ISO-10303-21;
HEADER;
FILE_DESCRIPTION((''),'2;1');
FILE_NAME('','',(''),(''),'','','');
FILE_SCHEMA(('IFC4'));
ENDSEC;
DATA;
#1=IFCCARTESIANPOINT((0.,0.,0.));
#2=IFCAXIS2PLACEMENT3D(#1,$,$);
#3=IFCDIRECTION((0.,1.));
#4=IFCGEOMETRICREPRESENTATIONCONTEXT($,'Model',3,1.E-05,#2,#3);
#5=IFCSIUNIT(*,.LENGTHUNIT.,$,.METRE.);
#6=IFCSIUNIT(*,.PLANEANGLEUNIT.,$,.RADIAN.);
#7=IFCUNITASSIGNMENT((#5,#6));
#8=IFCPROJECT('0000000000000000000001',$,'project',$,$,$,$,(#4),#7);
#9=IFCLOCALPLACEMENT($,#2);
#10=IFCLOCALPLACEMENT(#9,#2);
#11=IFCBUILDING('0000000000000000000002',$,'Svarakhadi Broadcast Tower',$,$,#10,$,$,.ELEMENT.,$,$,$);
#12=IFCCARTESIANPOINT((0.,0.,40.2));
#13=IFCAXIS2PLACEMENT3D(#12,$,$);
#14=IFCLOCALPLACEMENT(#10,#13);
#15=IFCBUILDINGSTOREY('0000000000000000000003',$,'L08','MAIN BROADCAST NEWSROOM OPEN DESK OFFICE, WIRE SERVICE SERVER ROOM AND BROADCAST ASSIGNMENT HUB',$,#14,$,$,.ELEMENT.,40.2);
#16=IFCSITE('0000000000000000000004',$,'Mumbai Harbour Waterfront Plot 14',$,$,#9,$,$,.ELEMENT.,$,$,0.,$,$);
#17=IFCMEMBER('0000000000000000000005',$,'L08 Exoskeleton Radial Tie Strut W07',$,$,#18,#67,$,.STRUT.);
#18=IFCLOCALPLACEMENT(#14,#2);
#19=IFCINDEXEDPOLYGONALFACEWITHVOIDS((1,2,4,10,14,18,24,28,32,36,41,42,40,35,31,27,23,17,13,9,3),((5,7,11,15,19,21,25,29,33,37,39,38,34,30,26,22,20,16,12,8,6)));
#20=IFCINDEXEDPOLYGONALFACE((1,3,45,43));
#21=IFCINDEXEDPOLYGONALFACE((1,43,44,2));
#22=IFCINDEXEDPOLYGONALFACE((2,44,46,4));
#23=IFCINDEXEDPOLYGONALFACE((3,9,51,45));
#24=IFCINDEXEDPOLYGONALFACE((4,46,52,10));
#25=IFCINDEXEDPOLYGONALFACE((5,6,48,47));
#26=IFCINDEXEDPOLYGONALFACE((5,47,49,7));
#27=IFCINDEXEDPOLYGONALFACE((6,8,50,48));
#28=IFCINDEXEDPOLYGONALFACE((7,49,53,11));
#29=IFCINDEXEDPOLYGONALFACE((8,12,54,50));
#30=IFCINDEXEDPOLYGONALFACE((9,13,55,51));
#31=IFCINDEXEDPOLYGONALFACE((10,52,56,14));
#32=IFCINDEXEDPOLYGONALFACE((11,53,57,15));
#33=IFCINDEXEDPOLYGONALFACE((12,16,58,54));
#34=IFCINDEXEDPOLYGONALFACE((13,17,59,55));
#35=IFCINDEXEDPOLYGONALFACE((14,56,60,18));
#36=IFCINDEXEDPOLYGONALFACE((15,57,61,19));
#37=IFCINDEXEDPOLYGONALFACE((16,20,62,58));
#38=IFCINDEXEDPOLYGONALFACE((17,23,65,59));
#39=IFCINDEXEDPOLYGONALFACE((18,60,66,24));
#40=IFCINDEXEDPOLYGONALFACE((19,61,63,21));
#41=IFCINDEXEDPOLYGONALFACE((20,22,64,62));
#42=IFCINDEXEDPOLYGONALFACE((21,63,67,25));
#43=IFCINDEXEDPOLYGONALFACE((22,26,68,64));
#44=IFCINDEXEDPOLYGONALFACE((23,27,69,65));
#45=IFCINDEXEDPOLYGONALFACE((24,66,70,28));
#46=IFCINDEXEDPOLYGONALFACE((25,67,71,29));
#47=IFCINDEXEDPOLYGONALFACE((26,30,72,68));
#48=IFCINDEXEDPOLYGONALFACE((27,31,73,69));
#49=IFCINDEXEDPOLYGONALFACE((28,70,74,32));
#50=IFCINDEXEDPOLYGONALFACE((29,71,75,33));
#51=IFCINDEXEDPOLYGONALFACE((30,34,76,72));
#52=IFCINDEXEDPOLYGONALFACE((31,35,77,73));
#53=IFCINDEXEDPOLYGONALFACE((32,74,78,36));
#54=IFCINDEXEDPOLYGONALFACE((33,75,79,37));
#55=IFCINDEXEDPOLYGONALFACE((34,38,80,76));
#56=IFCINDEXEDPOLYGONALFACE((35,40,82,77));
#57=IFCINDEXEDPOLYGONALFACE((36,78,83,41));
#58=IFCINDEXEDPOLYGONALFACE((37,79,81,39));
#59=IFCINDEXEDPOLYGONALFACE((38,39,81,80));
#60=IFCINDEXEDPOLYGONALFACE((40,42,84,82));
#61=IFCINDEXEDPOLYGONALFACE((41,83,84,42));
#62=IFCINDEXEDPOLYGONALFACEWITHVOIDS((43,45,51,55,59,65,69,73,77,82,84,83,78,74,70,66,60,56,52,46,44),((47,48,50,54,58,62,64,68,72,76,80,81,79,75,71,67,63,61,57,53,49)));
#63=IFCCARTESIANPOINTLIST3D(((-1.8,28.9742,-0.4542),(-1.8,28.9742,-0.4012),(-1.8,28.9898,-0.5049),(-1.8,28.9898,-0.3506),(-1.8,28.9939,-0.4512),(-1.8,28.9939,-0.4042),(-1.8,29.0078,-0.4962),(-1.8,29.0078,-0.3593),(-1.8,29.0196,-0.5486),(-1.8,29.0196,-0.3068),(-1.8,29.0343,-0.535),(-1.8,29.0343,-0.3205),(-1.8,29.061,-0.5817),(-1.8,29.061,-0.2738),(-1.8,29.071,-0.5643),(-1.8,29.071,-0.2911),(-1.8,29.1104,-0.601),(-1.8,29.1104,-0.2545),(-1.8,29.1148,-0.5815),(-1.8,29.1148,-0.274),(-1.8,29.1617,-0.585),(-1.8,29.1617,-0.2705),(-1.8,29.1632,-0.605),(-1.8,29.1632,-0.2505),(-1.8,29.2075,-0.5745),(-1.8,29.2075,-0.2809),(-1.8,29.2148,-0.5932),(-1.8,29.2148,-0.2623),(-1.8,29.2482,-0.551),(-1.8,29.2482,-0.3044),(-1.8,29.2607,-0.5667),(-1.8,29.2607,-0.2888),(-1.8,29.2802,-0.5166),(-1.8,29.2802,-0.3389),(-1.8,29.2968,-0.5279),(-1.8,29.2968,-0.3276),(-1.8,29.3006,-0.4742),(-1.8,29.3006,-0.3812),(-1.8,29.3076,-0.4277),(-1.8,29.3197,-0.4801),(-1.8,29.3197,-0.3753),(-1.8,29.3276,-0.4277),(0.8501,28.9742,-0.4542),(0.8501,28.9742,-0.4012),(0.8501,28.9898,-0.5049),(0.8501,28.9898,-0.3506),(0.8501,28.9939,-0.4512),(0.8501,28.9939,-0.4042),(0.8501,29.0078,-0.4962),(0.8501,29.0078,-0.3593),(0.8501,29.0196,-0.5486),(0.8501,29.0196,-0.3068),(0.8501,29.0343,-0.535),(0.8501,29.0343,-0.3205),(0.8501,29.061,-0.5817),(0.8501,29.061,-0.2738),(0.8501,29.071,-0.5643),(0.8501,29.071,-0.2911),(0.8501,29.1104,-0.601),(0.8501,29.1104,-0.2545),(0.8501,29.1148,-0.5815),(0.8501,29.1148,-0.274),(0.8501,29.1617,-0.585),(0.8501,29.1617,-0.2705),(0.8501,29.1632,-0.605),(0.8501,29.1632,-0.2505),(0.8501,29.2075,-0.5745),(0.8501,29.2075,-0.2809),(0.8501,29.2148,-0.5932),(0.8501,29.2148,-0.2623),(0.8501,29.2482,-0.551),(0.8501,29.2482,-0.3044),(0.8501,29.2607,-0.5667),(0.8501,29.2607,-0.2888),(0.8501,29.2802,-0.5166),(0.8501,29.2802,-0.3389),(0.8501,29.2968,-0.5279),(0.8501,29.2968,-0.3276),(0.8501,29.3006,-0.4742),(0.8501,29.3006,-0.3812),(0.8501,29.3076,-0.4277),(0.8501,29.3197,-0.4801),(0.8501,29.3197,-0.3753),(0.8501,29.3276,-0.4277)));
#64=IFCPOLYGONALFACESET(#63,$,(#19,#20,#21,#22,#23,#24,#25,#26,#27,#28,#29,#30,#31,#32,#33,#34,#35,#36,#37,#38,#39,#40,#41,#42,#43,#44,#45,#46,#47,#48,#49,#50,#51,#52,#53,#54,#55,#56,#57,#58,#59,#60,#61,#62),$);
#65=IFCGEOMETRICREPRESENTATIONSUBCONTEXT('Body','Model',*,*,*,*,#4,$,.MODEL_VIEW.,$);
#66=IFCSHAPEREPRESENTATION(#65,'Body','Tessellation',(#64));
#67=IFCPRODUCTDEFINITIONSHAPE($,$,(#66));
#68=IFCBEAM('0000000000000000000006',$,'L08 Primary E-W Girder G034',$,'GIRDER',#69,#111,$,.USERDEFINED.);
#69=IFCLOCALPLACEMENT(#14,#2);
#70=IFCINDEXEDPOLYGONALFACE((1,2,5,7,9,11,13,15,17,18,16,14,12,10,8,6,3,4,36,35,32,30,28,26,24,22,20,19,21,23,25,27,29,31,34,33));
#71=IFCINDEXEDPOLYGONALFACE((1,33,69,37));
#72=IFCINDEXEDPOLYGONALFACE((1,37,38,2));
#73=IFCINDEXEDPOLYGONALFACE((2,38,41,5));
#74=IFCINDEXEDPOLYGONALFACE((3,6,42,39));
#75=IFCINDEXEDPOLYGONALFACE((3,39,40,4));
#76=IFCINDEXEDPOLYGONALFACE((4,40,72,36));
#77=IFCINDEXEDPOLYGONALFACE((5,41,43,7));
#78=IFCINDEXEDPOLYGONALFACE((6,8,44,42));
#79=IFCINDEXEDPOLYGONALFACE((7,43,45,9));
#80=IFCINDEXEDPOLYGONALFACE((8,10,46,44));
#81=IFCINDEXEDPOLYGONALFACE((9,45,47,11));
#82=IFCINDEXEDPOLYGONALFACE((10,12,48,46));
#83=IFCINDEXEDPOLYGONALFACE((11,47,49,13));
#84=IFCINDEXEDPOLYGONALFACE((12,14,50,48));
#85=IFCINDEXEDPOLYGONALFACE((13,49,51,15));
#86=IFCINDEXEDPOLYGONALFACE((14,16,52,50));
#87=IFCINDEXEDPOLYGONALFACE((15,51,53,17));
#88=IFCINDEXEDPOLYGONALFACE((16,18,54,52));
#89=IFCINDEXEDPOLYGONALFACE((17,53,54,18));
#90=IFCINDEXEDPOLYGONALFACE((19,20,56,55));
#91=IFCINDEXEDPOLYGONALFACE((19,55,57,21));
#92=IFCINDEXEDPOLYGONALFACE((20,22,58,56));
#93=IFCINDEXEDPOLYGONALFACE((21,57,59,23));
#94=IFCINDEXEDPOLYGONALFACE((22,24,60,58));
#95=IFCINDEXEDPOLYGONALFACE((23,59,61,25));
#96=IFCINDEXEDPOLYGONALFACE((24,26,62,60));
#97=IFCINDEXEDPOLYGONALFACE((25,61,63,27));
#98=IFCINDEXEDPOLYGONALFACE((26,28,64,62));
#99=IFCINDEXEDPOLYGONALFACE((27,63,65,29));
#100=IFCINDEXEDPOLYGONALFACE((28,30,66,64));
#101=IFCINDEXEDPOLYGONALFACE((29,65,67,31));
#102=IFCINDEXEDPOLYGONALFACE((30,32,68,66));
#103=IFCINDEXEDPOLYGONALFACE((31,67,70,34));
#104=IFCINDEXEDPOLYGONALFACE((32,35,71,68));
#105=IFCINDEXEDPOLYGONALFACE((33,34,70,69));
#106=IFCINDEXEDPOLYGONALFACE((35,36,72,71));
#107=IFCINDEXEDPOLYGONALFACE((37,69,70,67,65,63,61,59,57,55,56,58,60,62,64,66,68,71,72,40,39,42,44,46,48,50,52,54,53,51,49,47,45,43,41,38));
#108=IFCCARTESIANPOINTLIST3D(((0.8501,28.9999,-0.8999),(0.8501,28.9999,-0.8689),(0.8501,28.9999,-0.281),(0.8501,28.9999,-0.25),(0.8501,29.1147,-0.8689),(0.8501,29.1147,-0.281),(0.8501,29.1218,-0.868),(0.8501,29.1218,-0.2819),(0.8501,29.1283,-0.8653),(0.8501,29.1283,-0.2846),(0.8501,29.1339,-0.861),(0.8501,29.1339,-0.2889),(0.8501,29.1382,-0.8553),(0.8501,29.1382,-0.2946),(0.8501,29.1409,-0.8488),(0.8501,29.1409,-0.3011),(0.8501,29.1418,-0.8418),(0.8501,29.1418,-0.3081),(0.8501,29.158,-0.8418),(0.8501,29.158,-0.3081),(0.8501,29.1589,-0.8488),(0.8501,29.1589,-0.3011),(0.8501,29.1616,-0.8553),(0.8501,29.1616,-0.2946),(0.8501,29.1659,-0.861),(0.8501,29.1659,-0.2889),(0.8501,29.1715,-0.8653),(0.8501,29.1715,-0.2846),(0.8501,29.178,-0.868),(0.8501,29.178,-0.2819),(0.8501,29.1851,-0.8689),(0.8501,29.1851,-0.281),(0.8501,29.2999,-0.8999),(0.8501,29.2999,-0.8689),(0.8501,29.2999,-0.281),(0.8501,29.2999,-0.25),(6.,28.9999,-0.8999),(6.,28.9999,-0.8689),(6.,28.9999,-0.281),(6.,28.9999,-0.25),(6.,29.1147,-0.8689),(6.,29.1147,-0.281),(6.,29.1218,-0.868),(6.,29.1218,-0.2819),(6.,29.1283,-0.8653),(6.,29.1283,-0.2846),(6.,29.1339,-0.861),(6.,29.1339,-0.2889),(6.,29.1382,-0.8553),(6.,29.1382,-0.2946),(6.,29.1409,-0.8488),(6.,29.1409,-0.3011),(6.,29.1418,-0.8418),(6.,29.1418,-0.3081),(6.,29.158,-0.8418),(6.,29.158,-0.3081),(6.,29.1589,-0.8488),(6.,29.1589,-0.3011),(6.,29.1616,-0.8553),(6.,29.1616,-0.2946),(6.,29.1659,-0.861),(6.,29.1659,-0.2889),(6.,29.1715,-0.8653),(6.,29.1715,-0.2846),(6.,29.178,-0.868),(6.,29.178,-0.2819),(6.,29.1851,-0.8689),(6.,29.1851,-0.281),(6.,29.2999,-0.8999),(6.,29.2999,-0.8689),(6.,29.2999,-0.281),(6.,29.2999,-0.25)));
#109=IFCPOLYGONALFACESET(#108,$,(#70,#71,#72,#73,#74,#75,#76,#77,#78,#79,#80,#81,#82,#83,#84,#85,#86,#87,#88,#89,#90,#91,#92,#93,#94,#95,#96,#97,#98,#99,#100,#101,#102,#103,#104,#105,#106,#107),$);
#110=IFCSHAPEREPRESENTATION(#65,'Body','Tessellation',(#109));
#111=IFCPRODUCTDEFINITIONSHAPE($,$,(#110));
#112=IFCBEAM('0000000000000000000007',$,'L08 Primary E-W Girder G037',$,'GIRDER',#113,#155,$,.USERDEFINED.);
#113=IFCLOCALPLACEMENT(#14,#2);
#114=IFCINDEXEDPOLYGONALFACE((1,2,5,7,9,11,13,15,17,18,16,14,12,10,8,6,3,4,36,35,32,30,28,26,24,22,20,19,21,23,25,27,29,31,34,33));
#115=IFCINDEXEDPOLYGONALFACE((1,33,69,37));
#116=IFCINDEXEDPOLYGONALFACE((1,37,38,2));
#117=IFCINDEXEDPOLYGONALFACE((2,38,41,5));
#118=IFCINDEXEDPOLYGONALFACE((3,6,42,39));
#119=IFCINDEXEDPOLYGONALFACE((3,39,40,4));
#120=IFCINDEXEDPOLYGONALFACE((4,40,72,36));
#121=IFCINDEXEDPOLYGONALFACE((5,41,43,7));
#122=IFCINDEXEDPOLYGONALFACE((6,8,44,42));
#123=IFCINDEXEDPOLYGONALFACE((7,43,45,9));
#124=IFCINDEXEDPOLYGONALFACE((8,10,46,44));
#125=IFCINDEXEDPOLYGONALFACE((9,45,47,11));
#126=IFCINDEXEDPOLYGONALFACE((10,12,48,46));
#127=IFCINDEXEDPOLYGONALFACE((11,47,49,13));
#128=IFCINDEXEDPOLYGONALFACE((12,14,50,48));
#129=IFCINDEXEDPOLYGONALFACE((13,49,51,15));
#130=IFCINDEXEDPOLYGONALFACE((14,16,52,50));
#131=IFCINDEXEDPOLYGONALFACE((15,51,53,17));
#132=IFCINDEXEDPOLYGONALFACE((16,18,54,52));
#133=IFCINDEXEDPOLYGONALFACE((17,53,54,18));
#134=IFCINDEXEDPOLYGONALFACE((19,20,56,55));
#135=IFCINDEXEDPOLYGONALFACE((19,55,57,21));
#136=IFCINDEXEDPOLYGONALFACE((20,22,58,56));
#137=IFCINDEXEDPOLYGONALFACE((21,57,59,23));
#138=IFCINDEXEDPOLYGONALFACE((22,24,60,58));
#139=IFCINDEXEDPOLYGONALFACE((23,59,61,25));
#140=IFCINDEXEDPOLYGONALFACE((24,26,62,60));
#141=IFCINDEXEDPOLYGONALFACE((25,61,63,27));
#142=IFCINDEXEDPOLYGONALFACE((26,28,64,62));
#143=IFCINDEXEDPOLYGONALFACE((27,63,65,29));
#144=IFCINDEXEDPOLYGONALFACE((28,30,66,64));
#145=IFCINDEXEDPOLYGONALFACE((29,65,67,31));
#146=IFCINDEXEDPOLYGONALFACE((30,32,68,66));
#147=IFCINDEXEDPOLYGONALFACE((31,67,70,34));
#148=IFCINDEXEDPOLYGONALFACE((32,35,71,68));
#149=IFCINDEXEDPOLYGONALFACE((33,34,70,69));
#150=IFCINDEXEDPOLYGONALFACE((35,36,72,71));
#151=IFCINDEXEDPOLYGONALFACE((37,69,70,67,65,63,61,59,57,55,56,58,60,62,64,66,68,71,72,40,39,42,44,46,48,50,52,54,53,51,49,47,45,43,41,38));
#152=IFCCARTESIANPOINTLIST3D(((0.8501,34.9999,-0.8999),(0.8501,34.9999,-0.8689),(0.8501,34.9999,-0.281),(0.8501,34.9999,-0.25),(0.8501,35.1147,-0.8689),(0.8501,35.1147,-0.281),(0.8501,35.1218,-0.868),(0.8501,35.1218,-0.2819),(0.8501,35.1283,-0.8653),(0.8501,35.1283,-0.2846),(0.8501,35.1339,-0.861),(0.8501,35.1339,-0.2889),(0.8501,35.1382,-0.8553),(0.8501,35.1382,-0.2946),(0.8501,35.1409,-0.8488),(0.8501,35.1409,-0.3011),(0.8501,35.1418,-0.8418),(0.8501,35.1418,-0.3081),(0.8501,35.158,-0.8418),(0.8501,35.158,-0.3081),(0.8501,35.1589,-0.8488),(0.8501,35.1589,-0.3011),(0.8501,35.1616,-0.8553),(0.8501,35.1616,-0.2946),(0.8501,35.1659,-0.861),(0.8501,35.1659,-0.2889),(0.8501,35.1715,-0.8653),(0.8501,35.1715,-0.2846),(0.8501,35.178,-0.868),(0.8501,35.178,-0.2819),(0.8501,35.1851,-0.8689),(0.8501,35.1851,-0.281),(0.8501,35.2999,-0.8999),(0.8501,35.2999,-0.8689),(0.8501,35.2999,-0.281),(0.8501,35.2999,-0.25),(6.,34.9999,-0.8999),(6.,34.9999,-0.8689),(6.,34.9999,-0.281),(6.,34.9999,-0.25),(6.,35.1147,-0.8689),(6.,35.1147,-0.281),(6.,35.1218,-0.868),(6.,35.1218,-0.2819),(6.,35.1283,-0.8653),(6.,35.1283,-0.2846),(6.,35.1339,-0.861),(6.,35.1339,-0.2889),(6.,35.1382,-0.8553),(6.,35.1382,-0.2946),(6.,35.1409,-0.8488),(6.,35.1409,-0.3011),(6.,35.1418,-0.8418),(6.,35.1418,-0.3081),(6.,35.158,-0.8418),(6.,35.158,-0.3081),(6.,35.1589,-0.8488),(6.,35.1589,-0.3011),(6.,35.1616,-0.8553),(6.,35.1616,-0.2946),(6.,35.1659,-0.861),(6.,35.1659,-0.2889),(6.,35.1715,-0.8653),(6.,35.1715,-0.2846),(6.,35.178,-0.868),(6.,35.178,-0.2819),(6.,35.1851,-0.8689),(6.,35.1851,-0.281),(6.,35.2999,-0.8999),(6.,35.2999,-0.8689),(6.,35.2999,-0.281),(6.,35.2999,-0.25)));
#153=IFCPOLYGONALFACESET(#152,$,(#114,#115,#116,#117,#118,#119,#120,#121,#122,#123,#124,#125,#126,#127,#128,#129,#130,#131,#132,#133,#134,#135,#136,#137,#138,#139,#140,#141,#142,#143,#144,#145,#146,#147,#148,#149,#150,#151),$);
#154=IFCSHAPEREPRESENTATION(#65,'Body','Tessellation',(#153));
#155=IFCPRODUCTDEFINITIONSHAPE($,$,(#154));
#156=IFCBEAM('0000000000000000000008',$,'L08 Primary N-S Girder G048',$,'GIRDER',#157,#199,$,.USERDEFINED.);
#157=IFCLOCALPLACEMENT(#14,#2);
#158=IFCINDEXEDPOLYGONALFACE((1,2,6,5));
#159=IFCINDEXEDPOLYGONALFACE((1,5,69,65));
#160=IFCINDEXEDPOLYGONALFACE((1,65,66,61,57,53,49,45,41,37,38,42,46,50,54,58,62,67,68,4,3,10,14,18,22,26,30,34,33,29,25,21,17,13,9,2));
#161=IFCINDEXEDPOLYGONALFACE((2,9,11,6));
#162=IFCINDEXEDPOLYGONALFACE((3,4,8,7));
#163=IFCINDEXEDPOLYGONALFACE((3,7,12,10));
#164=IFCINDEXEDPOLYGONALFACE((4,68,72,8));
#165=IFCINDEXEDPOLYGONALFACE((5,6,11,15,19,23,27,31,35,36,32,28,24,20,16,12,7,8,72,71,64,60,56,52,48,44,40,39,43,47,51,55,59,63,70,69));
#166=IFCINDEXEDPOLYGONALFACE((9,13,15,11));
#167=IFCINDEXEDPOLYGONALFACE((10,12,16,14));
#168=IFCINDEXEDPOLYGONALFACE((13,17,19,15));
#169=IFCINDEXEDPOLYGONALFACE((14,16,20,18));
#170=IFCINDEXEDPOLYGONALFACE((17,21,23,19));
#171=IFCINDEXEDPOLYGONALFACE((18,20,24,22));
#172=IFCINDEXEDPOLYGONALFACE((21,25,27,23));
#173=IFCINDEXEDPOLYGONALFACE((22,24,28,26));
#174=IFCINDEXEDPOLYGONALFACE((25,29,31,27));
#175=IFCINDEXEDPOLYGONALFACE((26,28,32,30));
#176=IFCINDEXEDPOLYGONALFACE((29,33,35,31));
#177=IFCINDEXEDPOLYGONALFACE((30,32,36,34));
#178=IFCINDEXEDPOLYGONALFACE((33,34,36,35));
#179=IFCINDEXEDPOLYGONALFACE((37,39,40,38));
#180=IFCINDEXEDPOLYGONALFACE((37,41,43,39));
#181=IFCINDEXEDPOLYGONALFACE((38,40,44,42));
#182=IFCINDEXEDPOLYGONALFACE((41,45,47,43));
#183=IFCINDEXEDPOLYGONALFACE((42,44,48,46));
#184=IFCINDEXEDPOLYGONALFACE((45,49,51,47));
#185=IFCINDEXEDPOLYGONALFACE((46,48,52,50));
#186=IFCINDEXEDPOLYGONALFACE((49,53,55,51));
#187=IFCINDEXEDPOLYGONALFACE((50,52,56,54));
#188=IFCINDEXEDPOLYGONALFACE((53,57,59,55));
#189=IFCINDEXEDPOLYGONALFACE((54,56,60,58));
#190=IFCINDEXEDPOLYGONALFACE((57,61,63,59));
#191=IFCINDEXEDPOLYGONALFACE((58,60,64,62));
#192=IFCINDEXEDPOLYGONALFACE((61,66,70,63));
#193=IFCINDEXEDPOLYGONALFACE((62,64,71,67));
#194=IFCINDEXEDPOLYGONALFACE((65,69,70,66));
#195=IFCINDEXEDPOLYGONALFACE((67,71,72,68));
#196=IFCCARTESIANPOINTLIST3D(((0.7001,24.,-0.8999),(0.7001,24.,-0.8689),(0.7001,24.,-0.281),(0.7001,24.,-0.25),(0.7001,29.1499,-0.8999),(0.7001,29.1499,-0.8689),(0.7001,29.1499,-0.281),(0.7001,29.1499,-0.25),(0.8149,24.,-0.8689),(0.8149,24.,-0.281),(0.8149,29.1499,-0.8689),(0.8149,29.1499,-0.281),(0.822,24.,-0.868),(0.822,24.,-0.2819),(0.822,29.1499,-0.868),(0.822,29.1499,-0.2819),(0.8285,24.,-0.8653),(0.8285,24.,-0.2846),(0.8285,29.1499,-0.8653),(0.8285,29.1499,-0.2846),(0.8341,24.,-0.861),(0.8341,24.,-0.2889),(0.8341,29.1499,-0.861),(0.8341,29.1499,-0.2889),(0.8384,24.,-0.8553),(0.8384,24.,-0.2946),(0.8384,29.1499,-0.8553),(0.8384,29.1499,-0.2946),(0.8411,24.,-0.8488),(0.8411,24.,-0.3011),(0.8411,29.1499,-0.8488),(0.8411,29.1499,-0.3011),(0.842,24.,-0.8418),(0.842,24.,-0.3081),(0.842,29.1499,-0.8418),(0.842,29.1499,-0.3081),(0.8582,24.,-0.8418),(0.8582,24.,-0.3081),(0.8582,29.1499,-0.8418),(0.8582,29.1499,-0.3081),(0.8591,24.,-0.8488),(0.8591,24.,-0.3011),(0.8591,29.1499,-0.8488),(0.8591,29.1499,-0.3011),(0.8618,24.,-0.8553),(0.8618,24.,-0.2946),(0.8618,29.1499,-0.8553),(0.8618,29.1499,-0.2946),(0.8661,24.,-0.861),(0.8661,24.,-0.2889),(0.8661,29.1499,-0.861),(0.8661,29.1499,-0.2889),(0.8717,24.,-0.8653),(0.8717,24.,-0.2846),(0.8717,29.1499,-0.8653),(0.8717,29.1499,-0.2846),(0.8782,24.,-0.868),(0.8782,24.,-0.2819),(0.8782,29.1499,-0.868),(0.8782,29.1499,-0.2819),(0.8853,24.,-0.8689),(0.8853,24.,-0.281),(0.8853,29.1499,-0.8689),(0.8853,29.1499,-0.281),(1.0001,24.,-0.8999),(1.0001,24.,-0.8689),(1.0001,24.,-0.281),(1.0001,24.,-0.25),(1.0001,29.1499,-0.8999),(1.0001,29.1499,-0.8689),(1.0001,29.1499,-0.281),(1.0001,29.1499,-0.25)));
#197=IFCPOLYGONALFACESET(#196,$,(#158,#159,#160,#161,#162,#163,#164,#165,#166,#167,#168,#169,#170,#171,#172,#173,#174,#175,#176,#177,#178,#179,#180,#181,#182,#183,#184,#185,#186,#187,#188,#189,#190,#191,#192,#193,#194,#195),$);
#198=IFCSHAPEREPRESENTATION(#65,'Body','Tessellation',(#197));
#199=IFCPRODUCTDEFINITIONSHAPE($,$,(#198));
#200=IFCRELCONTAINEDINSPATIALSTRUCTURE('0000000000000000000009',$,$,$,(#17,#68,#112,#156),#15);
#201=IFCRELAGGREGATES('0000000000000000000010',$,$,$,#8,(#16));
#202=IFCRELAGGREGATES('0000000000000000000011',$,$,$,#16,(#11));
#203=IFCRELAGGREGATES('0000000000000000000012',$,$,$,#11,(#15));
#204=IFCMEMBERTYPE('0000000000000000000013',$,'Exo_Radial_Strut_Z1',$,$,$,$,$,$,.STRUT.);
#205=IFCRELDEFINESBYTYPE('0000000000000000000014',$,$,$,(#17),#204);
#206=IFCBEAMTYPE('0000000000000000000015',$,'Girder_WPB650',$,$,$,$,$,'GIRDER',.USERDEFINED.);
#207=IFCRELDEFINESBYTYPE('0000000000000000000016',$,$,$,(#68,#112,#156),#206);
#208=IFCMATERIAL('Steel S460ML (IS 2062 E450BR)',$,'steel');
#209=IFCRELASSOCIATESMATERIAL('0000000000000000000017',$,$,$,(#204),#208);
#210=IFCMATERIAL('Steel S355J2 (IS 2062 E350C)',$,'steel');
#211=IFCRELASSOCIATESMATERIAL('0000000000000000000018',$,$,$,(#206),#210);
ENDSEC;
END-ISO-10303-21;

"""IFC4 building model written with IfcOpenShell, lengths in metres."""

from ifc_helpers import new_model, si_unit, direction, frame, origin, origin_2d, place, context, subcontext, project, spatial, hollow_circle, i_section, extrude, material, material_profile, profile_set, type_object, element, save


model = new_model("IFC4")

# Units and contexts
model_context = context("Model", 3, precision=1e-05, world=origin(), true_north=direction((0.0, 1.0)))
body_context = subcontext(model_context, "Body", "Model", "MODEL_VIEW")
ifc_project = project(units=[si_unit("LENGTHUNIT", "METRE"), si_unit("PLANEANGLEUNIT", "RADIAN")], contexts=[model_context])

# Site, building, storey
site_placement = place(None, origin())
site = spatial("IfcSite", under=ifc_project, at=site_placement, Name="Mumbai Harbour Waterfront Plot 14", CompositionType="ELEMENT", RefElevation=0.0)
building_placement = place(site_placement, origin())
building = spatial("IfcBuilding", under=site, at=building_placement, Name="Svarakhadi Broadcast Tower", CompositionType="ELEMENT")
storey_placement = place(building_placement, frame((0.0, 0.0, 40.2)))
storey = spatial("IfcBuildingStorey", under=building, at=storey_placement, Name="L08", Description="MAIN BROADCAST NEWSROOM OPEN DESK OFFICE, WIRE SERVICE SERVER ROOM AND BROADCAST ASSIGNMENT HUB", CompositionType="ELEMENT", Elevation=40.2)

# Shared definitions
ifc_material_1 = material(Name="Steel S460ML (IS 2062 E450BR)", Category="steel")

# Shared definitions
ifc_material_2 = material(Name="Steel S355J2 (IS 2062 E350C)", Category="steel")

# Member
ifc_material_profile_1 = material_profile(ifc_material_1, hollow_circle(Radius=0.1777, WallThickness=0.02, at=origin_2d()), Name="CHS 355.6x20")
ifc_profile_set_1 = profile_set([ifc_material_profile_1], Name="Steel S460ML (IS 2062 E450BR)")
member_type_1 = type_object("IfcMemberType", Name="Exo_Radial_Strut_Z1", PredefinedType="STRUT", material=ifc_profile_set_1)
member_1_placement = place(storey_placement, frame((-1.8, 29.1499, -0.4277), z_axis=(1.0, 0.0, 0.0), x_axis=(0.0, 1.0, 0.0)))
element("IfcMember", 1, at=member_1_placement, inside=storey, type_object=member_type_1, Name="L08 Exoskeleton Radial Tie Strut W07", PredefinedType="STRUT", context=body_context, shape_type="SweptSolid", body=[
    extrude(hollow_circle(Radius=0.1777, WallThickness=0.02, at=origin_2d()), origin(), (0.0, 0.0, 1.0), 2.6501),
])

# Beams
ifc_material_profile_2 = material_profile(ifc_material_2, i_section(OverallWidth=0.3, OverallDepth=0.6499, WebThickness=0.0161, FlangeThickness=0.031, FilletRadius=0.0271, at=origin_2d()), Name="WPB 650x300x225")
ifc_profile_set_2 = profile_set([ifc_material_profile_2], Name="Steel S355J2 (IS 2062 E350C)")
beam_type_1 = type_object("IfcBeamType", Name="Girder_WPB650", ElementType="GIRDER", PredefinedType="USERDEFINED", material=ifc_profile_set_2)
for number, where, z_axis, x_axis, name in (
    (2, (0.8501, 29.1499, -0.575), (1.0, 0.0, 0.0), (0.0, 1.0, 0.0), "L08 Primary E-W Girder G034"),
    (3, (0.8501, 35.1499, -0.575), (1.0, 0.0, 0.0), (0.0, 1.0, 0.0), "L08 Primary E-W Girder G037"),
    (4, (0.8501, 24.0, -0.575), (0.0, 1.0, 0.0), (-1.0, 0.0, 0.0), "L08 Primary N-S Girder G048"),
):
    element("IfcBeam", number, at=place(storey_placement, frame(where, z_axis=z_axis, x_axis=x_axis)), inside=storey, type_object=beam_type_1, Name=name, ObjectType="GIRDER", PredefinedType="USERDEFINED", context=body_context, shape_type="SweptSolid", body=[
        extrude(i_section(OverallWidth=0.3, OverallDepth=0.6499, WebThickness=0.0161, FlangeThickness=0.031, FilletRadius=0.0271, at=origin_2d()), origin(), (0.0, 0.0, 1.0), 5.1499),
    ])

save(model, "model.ifc")
